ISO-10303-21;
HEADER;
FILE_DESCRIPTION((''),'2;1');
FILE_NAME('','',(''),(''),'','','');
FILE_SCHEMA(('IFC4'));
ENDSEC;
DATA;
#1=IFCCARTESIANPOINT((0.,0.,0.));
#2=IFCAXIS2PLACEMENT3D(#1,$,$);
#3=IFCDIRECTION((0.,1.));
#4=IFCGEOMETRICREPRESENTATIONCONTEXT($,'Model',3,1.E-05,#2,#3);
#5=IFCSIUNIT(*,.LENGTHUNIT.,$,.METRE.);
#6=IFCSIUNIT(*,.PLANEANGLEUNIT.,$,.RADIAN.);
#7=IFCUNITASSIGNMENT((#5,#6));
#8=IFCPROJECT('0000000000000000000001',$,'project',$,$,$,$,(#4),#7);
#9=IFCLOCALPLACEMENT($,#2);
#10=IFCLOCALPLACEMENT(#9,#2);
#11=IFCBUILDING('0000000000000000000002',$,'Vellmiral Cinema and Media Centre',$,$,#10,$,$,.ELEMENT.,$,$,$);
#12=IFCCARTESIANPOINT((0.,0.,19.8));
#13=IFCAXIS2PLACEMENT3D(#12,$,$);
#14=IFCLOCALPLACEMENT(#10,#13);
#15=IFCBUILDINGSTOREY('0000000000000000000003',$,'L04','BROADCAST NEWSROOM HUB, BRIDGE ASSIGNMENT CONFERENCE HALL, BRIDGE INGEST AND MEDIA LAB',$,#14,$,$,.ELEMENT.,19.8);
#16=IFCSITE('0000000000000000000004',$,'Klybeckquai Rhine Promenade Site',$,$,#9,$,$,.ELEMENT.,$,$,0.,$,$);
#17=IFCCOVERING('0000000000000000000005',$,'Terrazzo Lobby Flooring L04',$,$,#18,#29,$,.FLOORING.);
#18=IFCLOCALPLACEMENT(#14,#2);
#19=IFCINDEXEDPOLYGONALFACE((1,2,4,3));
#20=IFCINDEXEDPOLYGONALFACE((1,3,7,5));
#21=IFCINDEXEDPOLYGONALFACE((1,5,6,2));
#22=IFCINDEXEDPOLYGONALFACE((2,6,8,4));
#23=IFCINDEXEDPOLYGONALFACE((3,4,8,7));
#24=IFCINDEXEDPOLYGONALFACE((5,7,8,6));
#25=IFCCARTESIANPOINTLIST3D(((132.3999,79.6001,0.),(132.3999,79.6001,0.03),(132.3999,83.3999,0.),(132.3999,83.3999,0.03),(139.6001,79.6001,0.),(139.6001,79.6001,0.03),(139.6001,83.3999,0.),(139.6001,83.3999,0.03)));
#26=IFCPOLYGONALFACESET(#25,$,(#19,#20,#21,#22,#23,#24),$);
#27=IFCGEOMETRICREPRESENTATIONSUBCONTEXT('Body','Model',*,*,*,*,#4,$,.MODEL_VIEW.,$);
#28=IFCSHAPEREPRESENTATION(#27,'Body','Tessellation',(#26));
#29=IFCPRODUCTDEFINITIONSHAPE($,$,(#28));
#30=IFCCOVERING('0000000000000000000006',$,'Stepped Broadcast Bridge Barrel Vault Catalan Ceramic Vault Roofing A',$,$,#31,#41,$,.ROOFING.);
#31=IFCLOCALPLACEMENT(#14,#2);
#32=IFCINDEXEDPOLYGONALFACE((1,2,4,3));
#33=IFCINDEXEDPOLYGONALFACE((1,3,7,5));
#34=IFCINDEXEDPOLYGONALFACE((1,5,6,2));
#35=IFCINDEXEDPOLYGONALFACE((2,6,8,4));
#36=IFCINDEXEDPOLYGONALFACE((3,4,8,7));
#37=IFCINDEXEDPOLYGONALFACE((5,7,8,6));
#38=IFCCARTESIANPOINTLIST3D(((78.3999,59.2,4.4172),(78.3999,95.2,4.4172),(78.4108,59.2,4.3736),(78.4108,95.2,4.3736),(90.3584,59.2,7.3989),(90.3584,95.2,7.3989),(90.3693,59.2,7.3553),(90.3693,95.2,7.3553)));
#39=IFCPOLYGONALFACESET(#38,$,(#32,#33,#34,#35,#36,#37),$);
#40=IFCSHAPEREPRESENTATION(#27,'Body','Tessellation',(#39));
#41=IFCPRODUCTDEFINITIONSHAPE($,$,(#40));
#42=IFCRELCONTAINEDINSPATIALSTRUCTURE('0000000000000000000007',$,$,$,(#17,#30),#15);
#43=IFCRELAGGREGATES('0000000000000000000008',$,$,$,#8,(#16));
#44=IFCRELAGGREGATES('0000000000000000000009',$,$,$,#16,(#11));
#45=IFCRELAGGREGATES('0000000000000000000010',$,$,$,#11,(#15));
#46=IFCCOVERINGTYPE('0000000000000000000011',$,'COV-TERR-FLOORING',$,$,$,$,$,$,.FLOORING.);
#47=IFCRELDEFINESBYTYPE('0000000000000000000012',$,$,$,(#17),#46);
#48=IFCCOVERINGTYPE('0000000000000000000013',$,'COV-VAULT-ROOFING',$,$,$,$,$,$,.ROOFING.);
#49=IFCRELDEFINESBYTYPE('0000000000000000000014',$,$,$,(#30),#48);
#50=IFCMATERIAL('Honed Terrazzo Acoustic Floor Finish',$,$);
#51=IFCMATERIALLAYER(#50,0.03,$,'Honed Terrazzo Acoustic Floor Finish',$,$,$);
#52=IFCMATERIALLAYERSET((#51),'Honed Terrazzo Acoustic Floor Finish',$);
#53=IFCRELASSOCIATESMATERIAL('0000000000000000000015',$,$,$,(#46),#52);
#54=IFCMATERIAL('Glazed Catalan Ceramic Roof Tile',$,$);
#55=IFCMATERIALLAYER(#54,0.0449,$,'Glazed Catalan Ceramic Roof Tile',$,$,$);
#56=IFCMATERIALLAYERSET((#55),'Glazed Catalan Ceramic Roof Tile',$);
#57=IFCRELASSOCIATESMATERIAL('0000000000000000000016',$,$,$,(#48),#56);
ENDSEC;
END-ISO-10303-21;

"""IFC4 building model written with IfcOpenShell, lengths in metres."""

from ifc_helpers import new_model, si_unit, direction, frame, origin, place, context, subcontext, project, spatial, polyline, outline, extrude, material, layer, layer_set, type_object, element, save


model = new_model("IFC4")

# Units and contexts
model_context = context("Model", 3, precision=1e-05, world=origin(), true_north=direction((0.0, 1.0)))
body_context = subcontext(model_context, "Body", "Model", "MODEL_VIEW")
ifc_project = project(units=[si_unit("LENGTHUNIT", "METRE"), si_unit("PLANEANGLEUNIT", "RADIAN")], contexts=[model_context])

# Site, building, storey
site_placement = place(None, origin())
site = spatial("IfcSite", under=ifc_project, at=site_placement, Name="Klybeckquai Rhine Promenade Site", CompositionType="ELEMENT", RefElevation=0.0)
building_placement = place(site_placement, origin())
building = spatial("IfcBuilding", under=site, at=building_placement, Name="Vellmiral Cinema and Media Centre", CompositionType="ELEMENT")
storey_placement = place(building_placement, frame((0.0, 0.0, 19.8)))
storey = spatial("IfcBuildingStorey", under=building, at=storey_placement, Name="L04", Description="BROADCAST NEWSROOM HUB, BRIDGE ASSIGNMENT CONFERENCE HALL, BRIDGE INGEST AND MEDIA LAB", CompositionType="ELEMENT", Elevation=19.8)

# Coverings
ifc_material_1 = material(Name="Honed Terrazzo Acoustic Floor Finish")
ifc_layer_1 = layer(ifc_material_1, 0.03, Name="Honed Terrazzo Acoustic Floor Finish")
ifc_layer_set_1 = layer_set([ifc_layer_1], Name="Honed Terrazzo Acoustic Floor Finish")
covering_type_1 = type_object("IfcCoveringType", Name="COV-TERR-FLOORING", PredefinedType="FLOORING", material=ifc_layer_set_1)
covering_1_placement = place(storey_placement, origin())
element("IfcCovering", 1, at=covering_1_placement, inside=storey, type_object=covering_type_1, Name="Terrazzo Lobby Flooring L04", PredefinedType="FLOORING", context=body_context, shape_type="SweptSolid", body=[
    extrude(outline(polyline([(132.3999, 79.6001), (139.6001, 79.6001), (139.6001, 83.3999), (132.3999, 83.3999), (132.3999, 79.6001)])), origin(), (0.0, 0.0, 1.0), 0.03),
])
ifc_material_2 = material(Name="Glazed Catalan Ceramic Roof Tile")
ifc_layer_2 = layer(ifc_material_2, 0.0449, Name="Glazed Catalan Ceramic Roof Tile")
ifc_layer_set_2 = layer_set([ifc_layer_2], Name="Glazed Catalan Ceramic Roof Tile")
covering_type_2 = type_object("IfcCoveringType", Name="COV-VAULT-ROOFING", PredefinedType="ROOFING", material=ifc_layer_set_2)
covering_2_placement = place(storey_placement, frame((78.3999, 59.2, 4.4172), z_axis=(-0.24193, 0.0, 0.970294), x_axis=(0.970294, 0.0, 0.24193)))
element("IfcCovering", 2, at=covering_2_placement, inside=storey, type_object=covering_type_2, Name="Stepped Broadcast Bridge Barrel Vault Catalan Ceramic Vault Roofing A", PredefinedType="ROOFING", context=body_context, shape_type="SweptSolid", body=[
    extrude(outline(polyline([(0.0, 0.0), (12.3246, 0.0), (12.3246, 36.0), (0.0, 36.0), (0.0, 0.0)])), origin(), (0.0, 0.0, -1.0), 0.0449),
])

save(model, "model.ifc")
